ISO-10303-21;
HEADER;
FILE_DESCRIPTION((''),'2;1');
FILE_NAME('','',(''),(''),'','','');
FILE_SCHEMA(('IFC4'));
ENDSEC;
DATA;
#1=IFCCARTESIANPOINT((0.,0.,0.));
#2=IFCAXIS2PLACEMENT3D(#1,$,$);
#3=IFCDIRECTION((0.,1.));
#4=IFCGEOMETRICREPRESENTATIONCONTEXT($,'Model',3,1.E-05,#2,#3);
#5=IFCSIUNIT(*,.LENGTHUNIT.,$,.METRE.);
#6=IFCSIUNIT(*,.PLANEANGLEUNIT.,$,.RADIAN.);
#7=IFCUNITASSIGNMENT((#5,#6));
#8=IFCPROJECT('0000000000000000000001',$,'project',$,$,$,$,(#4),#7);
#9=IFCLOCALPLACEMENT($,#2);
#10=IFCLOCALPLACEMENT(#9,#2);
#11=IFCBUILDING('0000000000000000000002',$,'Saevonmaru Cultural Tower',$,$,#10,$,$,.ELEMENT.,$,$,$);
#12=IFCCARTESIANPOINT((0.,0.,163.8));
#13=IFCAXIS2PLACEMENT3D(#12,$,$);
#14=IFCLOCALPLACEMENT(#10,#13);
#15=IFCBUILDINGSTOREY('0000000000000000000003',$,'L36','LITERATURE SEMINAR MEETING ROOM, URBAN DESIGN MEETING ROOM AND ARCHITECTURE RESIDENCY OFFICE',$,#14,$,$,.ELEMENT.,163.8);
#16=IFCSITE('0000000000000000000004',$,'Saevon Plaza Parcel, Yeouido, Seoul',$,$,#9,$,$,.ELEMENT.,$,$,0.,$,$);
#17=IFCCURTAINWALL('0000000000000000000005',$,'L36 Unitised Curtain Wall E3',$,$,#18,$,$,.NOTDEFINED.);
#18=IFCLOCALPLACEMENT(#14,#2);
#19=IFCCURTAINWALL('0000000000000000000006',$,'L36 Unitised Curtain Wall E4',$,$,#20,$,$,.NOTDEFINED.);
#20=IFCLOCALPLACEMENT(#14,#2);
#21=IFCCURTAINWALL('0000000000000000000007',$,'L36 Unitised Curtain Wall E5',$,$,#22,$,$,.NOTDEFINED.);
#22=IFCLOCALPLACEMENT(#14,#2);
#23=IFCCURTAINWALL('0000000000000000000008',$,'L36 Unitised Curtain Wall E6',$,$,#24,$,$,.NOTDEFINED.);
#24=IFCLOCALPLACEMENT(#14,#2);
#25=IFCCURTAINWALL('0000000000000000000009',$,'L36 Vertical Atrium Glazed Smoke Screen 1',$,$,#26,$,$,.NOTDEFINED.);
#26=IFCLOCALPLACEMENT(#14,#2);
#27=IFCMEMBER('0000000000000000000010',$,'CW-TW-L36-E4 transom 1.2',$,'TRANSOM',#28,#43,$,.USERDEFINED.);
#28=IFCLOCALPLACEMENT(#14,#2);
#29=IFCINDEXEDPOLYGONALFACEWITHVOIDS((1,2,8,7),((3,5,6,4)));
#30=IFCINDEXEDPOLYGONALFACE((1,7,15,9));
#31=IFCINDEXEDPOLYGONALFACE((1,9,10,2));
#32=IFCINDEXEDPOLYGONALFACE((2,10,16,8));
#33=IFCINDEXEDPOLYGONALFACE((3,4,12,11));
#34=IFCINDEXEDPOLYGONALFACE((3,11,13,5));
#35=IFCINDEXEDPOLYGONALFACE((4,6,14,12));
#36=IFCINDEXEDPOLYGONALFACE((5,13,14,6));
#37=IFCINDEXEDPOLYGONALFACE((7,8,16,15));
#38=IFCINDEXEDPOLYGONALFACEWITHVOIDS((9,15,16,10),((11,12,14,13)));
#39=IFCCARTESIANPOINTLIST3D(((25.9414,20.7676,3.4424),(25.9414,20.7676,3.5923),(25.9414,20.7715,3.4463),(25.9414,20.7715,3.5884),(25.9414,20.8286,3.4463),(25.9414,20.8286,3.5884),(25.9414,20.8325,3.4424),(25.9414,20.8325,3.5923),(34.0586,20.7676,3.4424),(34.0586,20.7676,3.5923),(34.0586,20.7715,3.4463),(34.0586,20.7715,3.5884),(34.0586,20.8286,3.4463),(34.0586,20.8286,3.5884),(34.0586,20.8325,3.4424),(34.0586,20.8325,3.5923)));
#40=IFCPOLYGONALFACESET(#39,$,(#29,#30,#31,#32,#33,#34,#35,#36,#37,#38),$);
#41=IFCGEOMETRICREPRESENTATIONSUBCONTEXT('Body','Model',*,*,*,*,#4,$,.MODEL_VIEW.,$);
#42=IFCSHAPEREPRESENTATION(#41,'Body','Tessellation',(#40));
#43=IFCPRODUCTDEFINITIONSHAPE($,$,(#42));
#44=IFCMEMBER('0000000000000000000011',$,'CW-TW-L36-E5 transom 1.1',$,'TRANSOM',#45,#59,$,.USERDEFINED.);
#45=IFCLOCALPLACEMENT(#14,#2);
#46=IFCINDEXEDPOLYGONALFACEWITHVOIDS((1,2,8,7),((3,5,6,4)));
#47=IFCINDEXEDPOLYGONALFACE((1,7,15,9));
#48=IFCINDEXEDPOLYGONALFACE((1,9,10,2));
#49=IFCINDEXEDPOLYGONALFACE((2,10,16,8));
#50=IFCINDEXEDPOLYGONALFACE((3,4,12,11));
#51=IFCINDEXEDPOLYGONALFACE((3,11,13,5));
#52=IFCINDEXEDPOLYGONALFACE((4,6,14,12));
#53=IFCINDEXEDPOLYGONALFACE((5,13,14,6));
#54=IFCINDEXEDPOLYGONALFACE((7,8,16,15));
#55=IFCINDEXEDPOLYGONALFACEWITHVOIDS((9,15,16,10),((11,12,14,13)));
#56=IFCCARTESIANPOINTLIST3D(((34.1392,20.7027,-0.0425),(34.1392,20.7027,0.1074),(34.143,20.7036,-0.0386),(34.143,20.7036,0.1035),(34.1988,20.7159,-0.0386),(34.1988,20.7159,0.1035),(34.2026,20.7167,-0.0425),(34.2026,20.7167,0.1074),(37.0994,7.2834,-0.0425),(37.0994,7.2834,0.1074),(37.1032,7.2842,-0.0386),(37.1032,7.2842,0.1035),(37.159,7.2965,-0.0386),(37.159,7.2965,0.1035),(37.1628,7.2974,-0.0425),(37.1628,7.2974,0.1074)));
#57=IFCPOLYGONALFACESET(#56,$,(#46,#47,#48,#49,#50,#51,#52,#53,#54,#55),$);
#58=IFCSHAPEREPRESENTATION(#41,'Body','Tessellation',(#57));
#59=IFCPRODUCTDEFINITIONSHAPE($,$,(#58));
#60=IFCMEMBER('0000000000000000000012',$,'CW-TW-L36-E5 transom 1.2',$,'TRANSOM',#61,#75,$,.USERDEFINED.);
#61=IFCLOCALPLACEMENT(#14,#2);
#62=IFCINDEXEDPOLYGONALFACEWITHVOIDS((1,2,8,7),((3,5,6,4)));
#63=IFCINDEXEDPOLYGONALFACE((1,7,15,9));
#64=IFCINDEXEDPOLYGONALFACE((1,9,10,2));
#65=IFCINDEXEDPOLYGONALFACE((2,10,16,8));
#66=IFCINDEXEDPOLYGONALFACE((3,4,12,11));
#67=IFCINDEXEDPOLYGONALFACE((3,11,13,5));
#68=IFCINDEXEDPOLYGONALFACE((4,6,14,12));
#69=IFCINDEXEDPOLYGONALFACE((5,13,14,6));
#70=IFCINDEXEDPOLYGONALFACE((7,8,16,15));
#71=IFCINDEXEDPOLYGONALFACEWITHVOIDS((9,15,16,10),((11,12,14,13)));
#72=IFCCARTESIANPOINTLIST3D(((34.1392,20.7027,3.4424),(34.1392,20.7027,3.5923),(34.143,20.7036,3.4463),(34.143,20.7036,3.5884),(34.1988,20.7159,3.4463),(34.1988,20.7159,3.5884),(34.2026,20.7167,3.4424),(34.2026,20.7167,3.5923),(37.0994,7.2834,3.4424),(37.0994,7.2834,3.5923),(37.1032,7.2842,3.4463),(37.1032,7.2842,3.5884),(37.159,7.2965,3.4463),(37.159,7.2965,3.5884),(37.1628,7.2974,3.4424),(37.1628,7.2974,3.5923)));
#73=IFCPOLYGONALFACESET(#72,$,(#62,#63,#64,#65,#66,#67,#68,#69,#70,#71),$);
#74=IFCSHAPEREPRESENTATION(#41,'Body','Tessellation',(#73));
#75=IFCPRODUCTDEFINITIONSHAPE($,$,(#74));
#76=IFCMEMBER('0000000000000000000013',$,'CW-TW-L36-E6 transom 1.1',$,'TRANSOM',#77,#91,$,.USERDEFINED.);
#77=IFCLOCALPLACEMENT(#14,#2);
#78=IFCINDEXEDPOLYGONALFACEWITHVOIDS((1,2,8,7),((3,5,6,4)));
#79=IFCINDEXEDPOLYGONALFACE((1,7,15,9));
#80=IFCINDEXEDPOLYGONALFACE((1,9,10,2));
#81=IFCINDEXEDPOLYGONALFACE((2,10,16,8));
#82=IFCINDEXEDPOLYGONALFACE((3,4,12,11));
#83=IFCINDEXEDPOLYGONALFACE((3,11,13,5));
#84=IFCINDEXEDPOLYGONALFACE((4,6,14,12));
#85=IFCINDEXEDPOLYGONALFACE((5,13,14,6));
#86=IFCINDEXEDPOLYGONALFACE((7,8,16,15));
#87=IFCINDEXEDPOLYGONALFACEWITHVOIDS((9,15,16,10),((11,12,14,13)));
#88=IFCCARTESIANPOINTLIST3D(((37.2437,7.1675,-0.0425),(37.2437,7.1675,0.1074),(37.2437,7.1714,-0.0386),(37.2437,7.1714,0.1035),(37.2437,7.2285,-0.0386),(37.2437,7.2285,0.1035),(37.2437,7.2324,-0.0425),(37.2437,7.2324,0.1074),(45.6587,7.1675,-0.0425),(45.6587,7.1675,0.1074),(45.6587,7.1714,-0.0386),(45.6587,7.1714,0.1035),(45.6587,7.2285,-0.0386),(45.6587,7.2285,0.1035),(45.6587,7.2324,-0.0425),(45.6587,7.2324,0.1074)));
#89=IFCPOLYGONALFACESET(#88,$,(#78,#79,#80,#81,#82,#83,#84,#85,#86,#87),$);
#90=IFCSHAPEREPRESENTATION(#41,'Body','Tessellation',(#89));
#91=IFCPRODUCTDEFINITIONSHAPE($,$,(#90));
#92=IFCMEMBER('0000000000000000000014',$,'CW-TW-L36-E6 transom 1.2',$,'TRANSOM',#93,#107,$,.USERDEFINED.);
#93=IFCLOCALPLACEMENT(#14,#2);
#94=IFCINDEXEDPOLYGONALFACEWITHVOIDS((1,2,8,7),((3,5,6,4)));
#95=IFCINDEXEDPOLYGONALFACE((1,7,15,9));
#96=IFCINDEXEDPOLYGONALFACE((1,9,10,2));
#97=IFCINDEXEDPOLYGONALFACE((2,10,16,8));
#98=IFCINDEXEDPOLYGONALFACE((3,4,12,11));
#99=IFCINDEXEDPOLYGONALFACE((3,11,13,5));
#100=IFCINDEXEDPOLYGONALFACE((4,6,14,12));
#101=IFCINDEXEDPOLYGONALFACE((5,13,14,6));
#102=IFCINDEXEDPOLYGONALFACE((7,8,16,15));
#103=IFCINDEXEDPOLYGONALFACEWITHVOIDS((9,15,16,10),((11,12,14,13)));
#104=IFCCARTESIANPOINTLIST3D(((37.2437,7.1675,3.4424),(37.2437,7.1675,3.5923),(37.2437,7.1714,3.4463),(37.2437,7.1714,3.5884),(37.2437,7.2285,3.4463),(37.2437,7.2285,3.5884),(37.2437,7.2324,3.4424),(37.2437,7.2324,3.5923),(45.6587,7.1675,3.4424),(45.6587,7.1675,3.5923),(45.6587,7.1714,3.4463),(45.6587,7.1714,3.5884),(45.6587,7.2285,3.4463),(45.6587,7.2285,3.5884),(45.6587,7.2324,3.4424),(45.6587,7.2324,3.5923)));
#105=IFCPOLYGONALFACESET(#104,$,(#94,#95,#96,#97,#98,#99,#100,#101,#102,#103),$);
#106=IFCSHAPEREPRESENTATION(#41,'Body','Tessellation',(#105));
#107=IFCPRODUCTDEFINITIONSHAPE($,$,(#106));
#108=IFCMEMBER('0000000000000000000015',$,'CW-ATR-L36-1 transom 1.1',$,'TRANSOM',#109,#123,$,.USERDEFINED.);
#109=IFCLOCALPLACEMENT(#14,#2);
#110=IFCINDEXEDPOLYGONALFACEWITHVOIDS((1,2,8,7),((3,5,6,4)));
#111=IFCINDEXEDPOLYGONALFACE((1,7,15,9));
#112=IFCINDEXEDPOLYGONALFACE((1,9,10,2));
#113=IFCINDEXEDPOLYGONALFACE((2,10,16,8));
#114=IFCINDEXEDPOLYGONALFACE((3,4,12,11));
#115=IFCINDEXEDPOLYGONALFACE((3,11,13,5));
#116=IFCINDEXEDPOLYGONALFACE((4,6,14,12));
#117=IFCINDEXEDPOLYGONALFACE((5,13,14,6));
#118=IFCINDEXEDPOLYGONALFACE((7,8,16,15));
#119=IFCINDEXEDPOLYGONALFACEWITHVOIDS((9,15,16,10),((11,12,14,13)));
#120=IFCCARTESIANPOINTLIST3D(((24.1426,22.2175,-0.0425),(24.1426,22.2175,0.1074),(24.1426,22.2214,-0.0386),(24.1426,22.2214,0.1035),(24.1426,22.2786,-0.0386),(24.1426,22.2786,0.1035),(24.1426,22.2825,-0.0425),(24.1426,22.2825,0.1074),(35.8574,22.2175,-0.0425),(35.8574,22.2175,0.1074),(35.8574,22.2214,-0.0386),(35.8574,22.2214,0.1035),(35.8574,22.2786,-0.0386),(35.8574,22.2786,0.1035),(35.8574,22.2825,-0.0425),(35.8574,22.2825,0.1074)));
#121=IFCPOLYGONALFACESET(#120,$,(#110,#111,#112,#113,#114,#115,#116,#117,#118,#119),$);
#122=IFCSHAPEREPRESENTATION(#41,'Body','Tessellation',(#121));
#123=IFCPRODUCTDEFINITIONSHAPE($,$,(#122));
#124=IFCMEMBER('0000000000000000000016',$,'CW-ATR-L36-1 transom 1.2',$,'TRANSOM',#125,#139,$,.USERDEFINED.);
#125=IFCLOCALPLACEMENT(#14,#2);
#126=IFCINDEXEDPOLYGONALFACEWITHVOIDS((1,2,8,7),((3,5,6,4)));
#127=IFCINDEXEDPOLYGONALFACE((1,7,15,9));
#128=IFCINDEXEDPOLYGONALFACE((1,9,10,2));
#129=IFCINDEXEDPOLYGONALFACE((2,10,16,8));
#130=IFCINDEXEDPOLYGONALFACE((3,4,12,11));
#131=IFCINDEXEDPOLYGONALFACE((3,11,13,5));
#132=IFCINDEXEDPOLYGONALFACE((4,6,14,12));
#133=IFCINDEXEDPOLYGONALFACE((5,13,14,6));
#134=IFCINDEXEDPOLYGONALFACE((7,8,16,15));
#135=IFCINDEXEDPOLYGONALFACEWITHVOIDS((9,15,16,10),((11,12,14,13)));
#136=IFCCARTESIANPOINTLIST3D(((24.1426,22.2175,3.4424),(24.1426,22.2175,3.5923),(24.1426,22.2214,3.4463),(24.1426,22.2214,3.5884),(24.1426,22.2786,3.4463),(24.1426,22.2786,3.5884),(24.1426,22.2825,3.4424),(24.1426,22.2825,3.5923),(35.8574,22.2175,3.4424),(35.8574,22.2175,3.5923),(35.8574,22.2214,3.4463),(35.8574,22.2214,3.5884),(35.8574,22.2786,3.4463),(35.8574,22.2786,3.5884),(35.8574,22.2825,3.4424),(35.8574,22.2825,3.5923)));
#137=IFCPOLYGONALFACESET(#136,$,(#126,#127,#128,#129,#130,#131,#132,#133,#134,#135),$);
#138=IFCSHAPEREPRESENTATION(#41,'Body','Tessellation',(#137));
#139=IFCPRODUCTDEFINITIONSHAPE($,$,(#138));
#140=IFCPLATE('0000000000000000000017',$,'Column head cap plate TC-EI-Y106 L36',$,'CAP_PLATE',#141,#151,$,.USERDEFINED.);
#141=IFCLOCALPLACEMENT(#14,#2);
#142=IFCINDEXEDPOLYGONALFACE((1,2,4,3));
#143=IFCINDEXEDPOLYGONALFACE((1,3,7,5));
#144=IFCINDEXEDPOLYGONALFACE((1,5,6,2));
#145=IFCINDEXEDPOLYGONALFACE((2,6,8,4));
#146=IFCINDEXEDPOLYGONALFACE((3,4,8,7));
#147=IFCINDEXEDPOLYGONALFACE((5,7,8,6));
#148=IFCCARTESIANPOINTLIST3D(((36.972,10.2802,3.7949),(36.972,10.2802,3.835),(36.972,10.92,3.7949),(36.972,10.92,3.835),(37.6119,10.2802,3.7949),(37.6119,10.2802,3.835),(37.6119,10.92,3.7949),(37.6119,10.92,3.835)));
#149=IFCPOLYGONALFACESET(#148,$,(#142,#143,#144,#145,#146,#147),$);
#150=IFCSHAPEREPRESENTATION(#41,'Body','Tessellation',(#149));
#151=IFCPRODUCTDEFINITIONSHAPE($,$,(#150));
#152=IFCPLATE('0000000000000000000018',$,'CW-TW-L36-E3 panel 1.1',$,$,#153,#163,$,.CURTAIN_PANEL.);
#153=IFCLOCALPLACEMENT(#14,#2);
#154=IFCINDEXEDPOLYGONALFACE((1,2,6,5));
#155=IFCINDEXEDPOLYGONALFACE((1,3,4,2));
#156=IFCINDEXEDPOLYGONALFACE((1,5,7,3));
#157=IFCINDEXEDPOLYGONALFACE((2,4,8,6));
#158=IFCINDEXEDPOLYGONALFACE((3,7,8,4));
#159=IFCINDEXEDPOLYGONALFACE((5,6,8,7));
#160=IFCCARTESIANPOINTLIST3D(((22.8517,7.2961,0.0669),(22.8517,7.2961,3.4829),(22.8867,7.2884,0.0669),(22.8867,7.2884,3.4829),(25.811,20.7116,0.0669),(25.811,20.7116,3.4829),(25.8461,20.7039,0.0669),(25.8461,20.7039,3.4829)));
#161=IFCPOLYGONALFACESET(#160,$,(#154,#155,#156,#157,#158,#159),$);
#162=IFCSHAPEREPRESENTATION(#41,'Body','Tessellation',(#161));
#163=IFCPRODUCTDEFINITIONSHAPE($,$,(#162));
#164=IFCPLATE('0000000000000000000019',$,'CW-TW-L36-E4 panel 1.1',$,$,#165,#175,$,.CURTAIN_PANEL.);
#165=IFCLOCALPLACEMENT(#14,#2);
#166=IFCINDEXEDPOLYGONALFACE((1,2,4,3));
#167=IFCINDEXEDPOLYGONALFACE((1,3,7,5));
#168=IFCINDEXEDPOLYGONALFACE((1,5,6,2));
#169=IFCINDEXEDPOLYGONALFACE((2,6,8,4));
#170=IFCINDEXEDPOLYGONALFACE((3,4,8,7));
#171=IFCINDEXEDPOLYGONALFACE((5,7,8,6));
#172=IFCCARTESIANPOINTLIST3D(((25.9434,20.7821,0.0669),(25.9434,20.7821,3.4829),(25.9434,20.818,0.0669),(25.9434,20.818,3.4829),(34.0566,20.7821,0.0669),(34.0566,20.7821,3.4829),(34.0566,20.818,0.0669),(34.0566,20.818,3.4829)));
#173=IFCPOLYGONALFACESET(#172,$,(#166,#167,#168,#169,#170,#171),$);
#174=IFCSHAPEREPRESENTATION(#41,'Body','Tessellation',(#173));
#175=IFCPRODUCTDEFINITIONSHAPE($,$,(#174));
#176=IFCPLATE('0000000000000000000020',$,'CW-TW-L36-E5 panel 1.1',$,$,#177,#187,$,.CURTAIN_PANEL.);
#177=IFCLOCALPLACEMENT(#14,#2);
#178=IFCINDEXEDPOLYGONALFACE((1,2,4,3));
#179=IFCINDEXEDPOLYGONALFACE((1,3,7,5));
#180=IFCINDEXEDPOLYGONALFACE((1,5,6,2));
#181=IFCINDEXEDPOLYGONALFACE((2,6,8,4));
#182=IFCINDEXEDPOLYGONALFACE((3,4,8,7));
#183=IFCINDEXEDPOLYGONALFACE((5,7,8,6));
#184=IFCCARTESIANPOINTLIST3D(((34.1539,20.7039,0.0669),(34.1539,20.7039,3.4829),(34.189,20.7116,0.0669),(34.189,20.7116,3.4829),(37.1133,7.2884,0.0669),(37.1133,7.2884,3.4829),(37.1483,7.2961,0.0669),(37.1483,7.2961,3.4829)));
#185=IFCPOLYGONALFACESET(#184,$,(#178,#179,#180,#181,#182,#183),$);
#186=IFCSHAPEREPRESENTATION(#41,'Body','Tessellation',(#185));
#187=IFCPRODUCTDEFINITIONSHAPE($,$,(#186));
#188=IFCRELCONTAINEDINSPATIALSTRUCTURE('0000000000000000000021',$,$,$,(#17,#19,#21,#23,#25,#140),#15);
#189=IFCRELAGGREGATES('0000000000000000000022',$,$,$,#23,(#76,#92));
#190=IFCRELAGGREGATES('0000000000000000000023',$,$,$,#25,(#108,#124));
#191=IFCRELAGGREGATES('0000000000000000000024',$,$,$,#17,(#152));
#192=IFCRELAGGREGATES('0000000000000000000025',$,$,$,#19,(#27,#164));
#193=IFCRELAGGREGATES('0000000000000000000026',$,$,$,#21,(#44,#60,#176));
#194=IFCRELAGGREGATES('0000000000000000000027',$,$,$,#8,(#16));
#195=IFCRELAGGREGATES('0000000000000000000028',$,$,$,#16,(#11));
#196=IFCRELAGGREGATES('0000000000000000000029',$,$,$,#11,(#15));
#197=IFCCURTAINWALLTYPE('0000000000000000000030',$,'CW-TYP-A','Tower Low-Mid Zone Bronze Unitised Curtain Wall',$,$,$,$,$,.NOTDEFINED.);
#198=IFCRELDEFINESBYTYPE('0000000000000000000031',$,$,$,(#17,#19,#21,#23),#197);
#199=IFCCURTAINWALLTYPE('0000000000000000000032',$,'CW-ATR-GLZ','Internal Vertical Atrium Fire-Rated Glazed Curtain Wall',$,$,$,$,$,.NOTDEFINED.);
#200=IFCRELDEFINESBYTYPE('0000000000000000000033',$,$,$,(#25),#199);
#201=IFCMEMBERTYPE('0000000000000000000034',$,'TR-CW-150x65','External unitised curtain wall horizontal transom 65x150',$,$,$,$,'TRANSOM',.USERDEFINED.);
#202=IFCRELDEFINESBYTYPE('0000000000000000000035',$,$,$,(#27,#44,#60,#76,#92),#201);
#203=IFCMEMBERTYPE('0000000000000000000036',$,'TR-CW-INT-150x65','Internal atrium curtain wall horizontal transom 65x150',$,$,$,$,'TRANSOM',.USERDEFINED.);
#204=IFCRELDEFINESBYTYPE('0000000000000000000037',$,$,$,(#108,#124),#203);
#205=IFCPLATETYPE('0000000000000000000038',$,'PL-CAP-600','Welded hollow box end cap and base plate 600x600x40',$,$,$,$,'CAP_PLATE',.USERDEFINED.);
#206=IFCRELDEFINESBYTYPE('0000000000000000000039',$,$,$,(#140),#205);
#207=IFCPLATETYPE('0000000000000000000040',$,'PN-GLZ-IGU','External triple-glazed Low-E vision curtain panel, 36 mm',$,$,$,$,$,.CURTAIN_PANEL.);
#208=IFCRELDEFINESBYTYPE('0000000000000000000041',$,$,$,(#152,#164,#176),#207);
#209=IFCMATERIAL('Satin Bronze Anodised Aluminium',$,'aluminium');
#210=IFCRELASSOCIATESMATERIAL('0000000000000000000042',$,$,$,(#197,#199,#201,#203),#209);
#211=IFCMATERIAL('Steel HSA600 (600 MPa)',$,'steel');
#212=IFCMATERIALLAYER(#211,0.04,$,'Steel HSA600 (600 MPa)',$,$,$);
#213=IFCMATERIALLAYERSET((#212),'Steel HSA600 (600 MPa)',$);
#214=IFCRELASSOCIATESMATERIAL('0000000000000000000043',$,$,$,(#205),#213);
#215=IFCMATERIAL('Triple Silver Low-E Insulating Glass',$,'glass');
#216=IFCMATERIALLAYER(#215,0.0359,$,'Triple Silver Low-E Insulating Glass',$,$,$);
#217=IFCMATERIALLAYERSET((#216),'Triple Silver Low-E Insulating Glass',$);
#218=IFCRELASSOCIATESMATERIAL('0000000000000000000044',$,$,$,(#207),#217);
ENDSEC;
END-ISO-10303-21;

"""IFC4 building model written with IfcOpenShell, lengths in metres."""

from ifc_helpers import new_model, si_unit, direction, frame, origin, origin_2d, place, context, subcontext, project, spatial, rectangle, hollow_rectangle, extrude, material, layer, layer_set, material_profile, profile_set, type_object, element, aggregate, save


model = new_model("IFC4")

# Units and contexts
model_context = context("Model", 3, precision=1e-05, world=origin(), true_north=direction((0.0, 1.0)))
body_context = subcontext(model_context, "Body", "Model", "MODEL_VIEW")
ifc_project = project(units=[si_unit("LENGTHUNIT", "METRE"), si_unit("PLANEANGLEUNIT", "RADIAN")], contexts=[model_context])

# Site, building, storey
site_placement = place(None, origin())
site = spatial("IfcSite", under=ifc_project, at=site_placement, Name="Saevon Plaza Parcel, Yeouido, Seoul", CompositionType="ELEMENT", RefElevation=0.0)
building_placement = place(site_placement, origin())
building = spatial("IfcBuilding", under=site, at=building_placement, Name="Saevonmaru Cultural Tower", CompositionType="ELEMENT")
storey_placement = place(building_placement, frame((0.0, 0.0, 163.8)))
storey = spatial("IfcBuildingStorey", under=building, at=storey_placement, Name="L36", Description="LITERATURE SEMINAR MEETING ROOM, URBAN DESIGN MEETING ROOM AND ARCHITECTURE RESIDENCY OFFICE", CompositionType="ELEMENT", Elevation=163.8)

# Shared definitions
ifc_material_1 = material(Name="Steel HSA600 (600 MPa)", Category="steel")

# Curtain wall
ifc_material_2 = material(Name="Satin Bronze Anodised Aluminium", Category="aluminium")
curtain_wall_type_1 = type_object("IfcCurtainWallType", Name="CW-TYP-A", Description="Tower Low-Mid Zone Bronze Unitised Curtain Wall", PredefinedType="NOTDEFINED", material=ifc_material_2)
curtain_wall_1_placement = place(storey_placement, origin())
curtain_wall_1 = element("IfcCurtainWall", 1, at=curtain_wall_1_placement, inside=storey, type_object=curtain_wall_type_1, Name="L36 Unitised Curtain Wall E3", PredefinedType="NOTDEFINED")

# Curtain walls
curtain_wall_2_placement = place(storey_placement, origin())
curtain_wall_2 = element("IfcCurtainWall", 2, at=curtain_wall_2_placement, inside=storey, type_object=curtain_wall_type_1, Name="L36 Unitised Curtain Wall E4", PredefinedType="NOTDEFINED")
curtain_wall_3_placement = place(storey_placement, origin())
curtain_wall_3 = element("IfcCurtainWall", 3, at=curtain_wall_3_placement, inside=storey, type_object=curtain_wall_type_1, Name="L36 Unitised Curtain Wall E5", PredefinedType="NOTDEFINED")

# Curtain walls
curtain_wall_4_placement = place(storey_placement, origin())
curtain_wall_4 = element("IfcCurtainWall", 4, at=curtain_wall_4_placement, inside=storey, type_object=curtain_wall_type_1, Name="L36 Unitised Curtain Wall E6", PredefinedType="NOTDEFINED")
curtain_wall_type_2 = type_object("IfcCurtainWallType", Name="CW-ATR-GLZ", Description="Internal Vertical Atrium Fire-Rated Glazed Curtain Wall", PredefinedType="NOTDEFINED", material=ifc_material_2)
curtain_wall_5_placement = place(storey_placement, origin())
curtain_wall_5 = element("IfcCurtainWall", 5, at=curtain_wall_5_placement, inside=storey, type_object=curtain_wall_type_2, Name="L36 Vertical Atrium Glazed Smoke Screen 1", PredefinedType="NOTDEFINED")

# Members
ifc_material_profile_1 = material_profile(ifc_material_2, hollow_rectangle(XDim=0.0649, YDim=0.1499, WallThickness=0.0039, at=origin_2d()), Name="ALU-TRAN-150x65x4")
ifc_profile_set_1 = profile_set([ifc_material_profile_1], Name="Satin Bronze Anodised Aluminium")
member_type_1 = type_object("IfcMemberType", Name="TR-CW-150x65", Description="External unitised curtain wall horizontal transom 65x150", ElementType="TRANSOM", PredefinedType="USERDEFINED", material=ifc_profile_set_1)
member_1_placement = place(storey_placement, frame((25.9414, 20.8, 3.5173), z_axis=(1.0, 0.0, 0.0), x_axis=(0.0, 1.0, 0.0)))
member_1 = element("IfcMember", 6, at=member_1_placement, type_object=member_type_1, Name="CW-TW-L36-E4 transom 1.2", ObjectType="TRANSOM", PredefinedType="USERDEFINED", context=body_context, shape_type="SweptSolid", body=[
    extrude(hollow_rectangle(XDim=0.0649, YDim=0.1499, WallThickness=0.0039, at=origin_2d()), origin(), (0.0, 0.0, 1.0), 8.1172),
])
member_2_placement = place(storey_placement, frame((34.1709, 20.7097, 0.0325), z_axis=(0.215412, -0.976523, 0.0), x_axis=(0.976523, 0.215412, 0.0)))
member_2 = element("IfcMember", 7, at=member_2_placement, type_object=member_type_1, Name="CW-TW-L36-E5 transom 1.1", ObjectType="TRANSOM", PredefinedType="USERDEFINED", context=body_context, shape_type="SweptSolid", body=[
    extrude(hollow_rectangle(XDim=0.0649, YDim=0.1499, WallThickness=0.0039, at=origin_2d()), origin(), (0.0, 0.0, 1.0), 13.7419),
])
member_3_placement = place(storey_placement, frame((34.1709, 20.7097, 3.5173), z_axis=(0.215412, -0.976523, 0.0), x_axis=(0.976523, 0.215412, 0.0)))
member_3 = element("IfcMember", 8, at=member_3_placement, type_object=member_type_1, Name="CW-TW-L36-E5 transom 1.2", ObjectType="TRANSOM", PredefinedType="USERDEFINED", context=body_context, shape_type="SweptSolid", body=[
    extrude(hollow_rectangle(XDim=0.0649, YDim=0.1499, WallThickness=0.0039, at=origin_2d()), origin(), (0.0, 0.0, 1.0), 13.7419),
])
member_4_placement = place(storey_placement, frame((37.2437, 7.2, 0.0325), z_axis=(1.0, 0.0, 0.0), x_axis=(0.0, 1.0, 0.0)))
member_4 = element("IfcMember", 9, at=member_4_placement, type_object=member_type_1, Name="CW-TW-L36-E6 transom 1.1", ObjectType="TRANSOM", PredefinedType="USERDEFINED", context=body_context, shape_type="SweptSolid", body=[
    extrude(hollow_rectangle(XDim=0.0649, YDim=0.1499, WallThickness=0.0039, at=origin_2d()), origin(), (0.0, 0.0, 1.0), 8.415),
])
member_5_placement = place(storey_placement, frame((37.2437, 7.2, 3.5173), z_axis=(1.0, 0.0, 0.0), x_axis=(0.0, 1.0, 0.0)))
member_5 = element("IfcMember", 10, at=member_5_placement, type_object=member_type_1, Name="CW-TW-L36-E6 transom 1.2", ObjectType="TRANSOM", PredefinedType="USERDEFINED", context=body_context, shape_type="SweptSolid", body=[
    extrude(hollow_rectangle(XDim=0.0649, YDim=0.1499, WallThickness=0.0039, at=origin_2d()), origin(), (0.0, 0.0, 1.0), 8.415),
])
aggregate(curtain_wall_4, [member_4, member_5])
ifc_material_profile_2 = material_profile(ifc_material_2, hollow_rectangle(XDim=0.0649, YDim=0.1499, WallThickness=0.0039, at=origin_2d()), Name="ALU-TRAN-150x65x4")
ifc_profile_set_2 = profile_set([ifc_material_profile_2], Name="Satin Bronze Anodised Aluminium")
member_type_2 = type_object("IfcMemberType", Name="TR-CW-INT-150x65", Description="Internal atrium curtain wall horizontal transom 65x150", ElementType="TRANSOM", PredefinedType="USERDEFINED", material=ifc_profile_set_2)
member_6_placement = place(storey_placement, frame((24.1426, 22.25, 0.0325), z_axis=(1.0, 0.0, 0.0), x_axis=(0.0, 1.0, 0.0)))
member_6 = element("IfcMember", 11, at=member_6_placement, type_object=member_type_2, Name="CW-ATR-L36-1 transom 1.1", ObjectType="TRANSOM", PredefinedType="USERDEFINED", context=body_context, shape_type="SweptSolid", body=[
    extrude(hollow_rectangle(XDim=0.0649, YDim=0.1499, WallThickness=0.0039, at=origin_2d()), origin(), (0.0, 0.0, 1.0), 11.7148),
])
member_7_placement = place(storey_placement, frame((24.1426, 22.25, 3.5173), z_axis=(1.0, 0.0, 0.0), x_axis=(0.0, 1.0, 0.0)))
member_7 = element("IfcMember", 12, at=member_7_placement, type_object=member_type_2, Name="CW-ATR-L36-1 transom 1.2", ObjectType="TRANSOM", PredefinedType="USERDEFINED", context=body_context, shape_type="SweptSolid", body=[
    extrude(hollow_rectangle(XDim=0.0649, YDim=0.1499, WallThickness=0.0039, at=origin_2d()), origin(), (0.0, 0.0, 1.0), 11.7148),
])
aggregate(curtain_wall_5, [member_6, member_7])

# Plates
ifc_layer_1 = layer(ifc_material_1, 0.04, Name="Steel HSA600 (600 MPa)")
ifc_layer_set_1 = layer_set([ifc_layer_1], Name="Steel HSA600 (600 MPa)")
plate_type_1 = type_object("IfcPlateType", Name="PL-CAP-600", Description="Welded hollow box end cap and base plate 600x600x40", ElementType="CAP_PLATE", PredefinedType="USERDEFINED", material=ifc_layer_set_1)
plate_1_placement = place(storey_placement, frame((37.292, 10.6001, 3.7949), z_axis=(0.0, 0.0, 1.0), x_axis=(1.0, 0.0, 0.0)))
element("IfcPlate", 13, at=plate_1_placement, inside=storey, type_object=plate_type_1, Name="Column head cap plate TC-EI-Y106 L36", ObjectType="CAP_PLATE", PredefinedType="USERDEFINED", context=body_context, shape_type="SweptSolid", body=[
    extrude(rectangle(XDim=0.6399, YDim=0.6399, at=origin_2d()), origin(), (0.0, 0.0, 1.0), 0.04),
])
ifc_material_3 = material(Name="Triple Silver Low-E Insulating Glass", Category="glass")
ifc_layer_2 = layer(ifc_material_3, 0.0359, Name="Triple Silver Low-E Insulating Glass")
ifc_layer_set_2 = layer_set([ifc_layer_2], Name="Triple Silver Low-E Insulating Glass")
plate_type_2 = type_object("IfcPlateType", Name="PN-GLZ-IGU", Description="External triple-glazed Low-E vision curtain panel, 36 mm", PredefinedType="CURTAIN_PANEL", material=ifc_layer_set_2)
plate_2_placement = place(storey_placement, frame((24.3489, 14.0, 0.0669), z_axis=(0.0, 0.0, 1.0), x_axis=(0.215413, 0.976523, 0.0)))
plate_2 = element("IfcPlate", 14, at=plate_2_placement, type_object=plate_type_2, Name="CW-TW-L36-E3 panel 1.1", PredefinedType="CURTAIN_PANEL", context=body_context, shape_type="SweptSolid", body=[
    extrude(rectangle(XDim=13.738, YDim=0.0359, at=origin_2d()), origin(), (0.0, 0.0, 1.0), 3.416),
])
aggregate(curtain_wall_1, [plate_2])
plate_3_placement = place(storey_placement, frame((30.0, 20.8, 0.0669), z_axis=(0.0, 0.0, 1.0), x_axis=(1.0, 0.0, 0.0)))
plate_3 = element("IfcPlate", 15, at=plate_3_placement, type_object=plate_type_2, Name="CW-TW-L36-E4 panel 1.1", PredefinedType="CURTAIN_PANEL", context=body_context, shape_type="SweptSolid", body=[
    extrude(rectangle(XDim=8.1133, YDim=0.0359, at=origin_2d()), origin(), (0.0, 0.0, 1.0), 3.416),
])
aggregate(curtain_wall_2, [member_1, plate_3])
plate_4_placement = place(storey_placement, frame((35.6511, 14.0, 0.0669), z_axis=(0.0, 0.0, 1.0), x_axis=(0.215413, -0.976523, 0.0)))
plate_4 = element("IfcPlate", 16, at=plate_4_placement, type_object=plate_type_2, Name="CW-TW-L36-E5 panel 1.1", PredefinedType="CURTAIN_PANEL", context=body_context, shape_type="SweptSolid", body=[
    extrude(rectangle(XDim=13.738, YDim=0.0359, at=origin_2d()), origin(), (0.0, 0.0, 1.0), 3.416),
])
aggregate(curtain_wall_3, [member_2, member_3, plate_4])

save(model, "model.ifc")
